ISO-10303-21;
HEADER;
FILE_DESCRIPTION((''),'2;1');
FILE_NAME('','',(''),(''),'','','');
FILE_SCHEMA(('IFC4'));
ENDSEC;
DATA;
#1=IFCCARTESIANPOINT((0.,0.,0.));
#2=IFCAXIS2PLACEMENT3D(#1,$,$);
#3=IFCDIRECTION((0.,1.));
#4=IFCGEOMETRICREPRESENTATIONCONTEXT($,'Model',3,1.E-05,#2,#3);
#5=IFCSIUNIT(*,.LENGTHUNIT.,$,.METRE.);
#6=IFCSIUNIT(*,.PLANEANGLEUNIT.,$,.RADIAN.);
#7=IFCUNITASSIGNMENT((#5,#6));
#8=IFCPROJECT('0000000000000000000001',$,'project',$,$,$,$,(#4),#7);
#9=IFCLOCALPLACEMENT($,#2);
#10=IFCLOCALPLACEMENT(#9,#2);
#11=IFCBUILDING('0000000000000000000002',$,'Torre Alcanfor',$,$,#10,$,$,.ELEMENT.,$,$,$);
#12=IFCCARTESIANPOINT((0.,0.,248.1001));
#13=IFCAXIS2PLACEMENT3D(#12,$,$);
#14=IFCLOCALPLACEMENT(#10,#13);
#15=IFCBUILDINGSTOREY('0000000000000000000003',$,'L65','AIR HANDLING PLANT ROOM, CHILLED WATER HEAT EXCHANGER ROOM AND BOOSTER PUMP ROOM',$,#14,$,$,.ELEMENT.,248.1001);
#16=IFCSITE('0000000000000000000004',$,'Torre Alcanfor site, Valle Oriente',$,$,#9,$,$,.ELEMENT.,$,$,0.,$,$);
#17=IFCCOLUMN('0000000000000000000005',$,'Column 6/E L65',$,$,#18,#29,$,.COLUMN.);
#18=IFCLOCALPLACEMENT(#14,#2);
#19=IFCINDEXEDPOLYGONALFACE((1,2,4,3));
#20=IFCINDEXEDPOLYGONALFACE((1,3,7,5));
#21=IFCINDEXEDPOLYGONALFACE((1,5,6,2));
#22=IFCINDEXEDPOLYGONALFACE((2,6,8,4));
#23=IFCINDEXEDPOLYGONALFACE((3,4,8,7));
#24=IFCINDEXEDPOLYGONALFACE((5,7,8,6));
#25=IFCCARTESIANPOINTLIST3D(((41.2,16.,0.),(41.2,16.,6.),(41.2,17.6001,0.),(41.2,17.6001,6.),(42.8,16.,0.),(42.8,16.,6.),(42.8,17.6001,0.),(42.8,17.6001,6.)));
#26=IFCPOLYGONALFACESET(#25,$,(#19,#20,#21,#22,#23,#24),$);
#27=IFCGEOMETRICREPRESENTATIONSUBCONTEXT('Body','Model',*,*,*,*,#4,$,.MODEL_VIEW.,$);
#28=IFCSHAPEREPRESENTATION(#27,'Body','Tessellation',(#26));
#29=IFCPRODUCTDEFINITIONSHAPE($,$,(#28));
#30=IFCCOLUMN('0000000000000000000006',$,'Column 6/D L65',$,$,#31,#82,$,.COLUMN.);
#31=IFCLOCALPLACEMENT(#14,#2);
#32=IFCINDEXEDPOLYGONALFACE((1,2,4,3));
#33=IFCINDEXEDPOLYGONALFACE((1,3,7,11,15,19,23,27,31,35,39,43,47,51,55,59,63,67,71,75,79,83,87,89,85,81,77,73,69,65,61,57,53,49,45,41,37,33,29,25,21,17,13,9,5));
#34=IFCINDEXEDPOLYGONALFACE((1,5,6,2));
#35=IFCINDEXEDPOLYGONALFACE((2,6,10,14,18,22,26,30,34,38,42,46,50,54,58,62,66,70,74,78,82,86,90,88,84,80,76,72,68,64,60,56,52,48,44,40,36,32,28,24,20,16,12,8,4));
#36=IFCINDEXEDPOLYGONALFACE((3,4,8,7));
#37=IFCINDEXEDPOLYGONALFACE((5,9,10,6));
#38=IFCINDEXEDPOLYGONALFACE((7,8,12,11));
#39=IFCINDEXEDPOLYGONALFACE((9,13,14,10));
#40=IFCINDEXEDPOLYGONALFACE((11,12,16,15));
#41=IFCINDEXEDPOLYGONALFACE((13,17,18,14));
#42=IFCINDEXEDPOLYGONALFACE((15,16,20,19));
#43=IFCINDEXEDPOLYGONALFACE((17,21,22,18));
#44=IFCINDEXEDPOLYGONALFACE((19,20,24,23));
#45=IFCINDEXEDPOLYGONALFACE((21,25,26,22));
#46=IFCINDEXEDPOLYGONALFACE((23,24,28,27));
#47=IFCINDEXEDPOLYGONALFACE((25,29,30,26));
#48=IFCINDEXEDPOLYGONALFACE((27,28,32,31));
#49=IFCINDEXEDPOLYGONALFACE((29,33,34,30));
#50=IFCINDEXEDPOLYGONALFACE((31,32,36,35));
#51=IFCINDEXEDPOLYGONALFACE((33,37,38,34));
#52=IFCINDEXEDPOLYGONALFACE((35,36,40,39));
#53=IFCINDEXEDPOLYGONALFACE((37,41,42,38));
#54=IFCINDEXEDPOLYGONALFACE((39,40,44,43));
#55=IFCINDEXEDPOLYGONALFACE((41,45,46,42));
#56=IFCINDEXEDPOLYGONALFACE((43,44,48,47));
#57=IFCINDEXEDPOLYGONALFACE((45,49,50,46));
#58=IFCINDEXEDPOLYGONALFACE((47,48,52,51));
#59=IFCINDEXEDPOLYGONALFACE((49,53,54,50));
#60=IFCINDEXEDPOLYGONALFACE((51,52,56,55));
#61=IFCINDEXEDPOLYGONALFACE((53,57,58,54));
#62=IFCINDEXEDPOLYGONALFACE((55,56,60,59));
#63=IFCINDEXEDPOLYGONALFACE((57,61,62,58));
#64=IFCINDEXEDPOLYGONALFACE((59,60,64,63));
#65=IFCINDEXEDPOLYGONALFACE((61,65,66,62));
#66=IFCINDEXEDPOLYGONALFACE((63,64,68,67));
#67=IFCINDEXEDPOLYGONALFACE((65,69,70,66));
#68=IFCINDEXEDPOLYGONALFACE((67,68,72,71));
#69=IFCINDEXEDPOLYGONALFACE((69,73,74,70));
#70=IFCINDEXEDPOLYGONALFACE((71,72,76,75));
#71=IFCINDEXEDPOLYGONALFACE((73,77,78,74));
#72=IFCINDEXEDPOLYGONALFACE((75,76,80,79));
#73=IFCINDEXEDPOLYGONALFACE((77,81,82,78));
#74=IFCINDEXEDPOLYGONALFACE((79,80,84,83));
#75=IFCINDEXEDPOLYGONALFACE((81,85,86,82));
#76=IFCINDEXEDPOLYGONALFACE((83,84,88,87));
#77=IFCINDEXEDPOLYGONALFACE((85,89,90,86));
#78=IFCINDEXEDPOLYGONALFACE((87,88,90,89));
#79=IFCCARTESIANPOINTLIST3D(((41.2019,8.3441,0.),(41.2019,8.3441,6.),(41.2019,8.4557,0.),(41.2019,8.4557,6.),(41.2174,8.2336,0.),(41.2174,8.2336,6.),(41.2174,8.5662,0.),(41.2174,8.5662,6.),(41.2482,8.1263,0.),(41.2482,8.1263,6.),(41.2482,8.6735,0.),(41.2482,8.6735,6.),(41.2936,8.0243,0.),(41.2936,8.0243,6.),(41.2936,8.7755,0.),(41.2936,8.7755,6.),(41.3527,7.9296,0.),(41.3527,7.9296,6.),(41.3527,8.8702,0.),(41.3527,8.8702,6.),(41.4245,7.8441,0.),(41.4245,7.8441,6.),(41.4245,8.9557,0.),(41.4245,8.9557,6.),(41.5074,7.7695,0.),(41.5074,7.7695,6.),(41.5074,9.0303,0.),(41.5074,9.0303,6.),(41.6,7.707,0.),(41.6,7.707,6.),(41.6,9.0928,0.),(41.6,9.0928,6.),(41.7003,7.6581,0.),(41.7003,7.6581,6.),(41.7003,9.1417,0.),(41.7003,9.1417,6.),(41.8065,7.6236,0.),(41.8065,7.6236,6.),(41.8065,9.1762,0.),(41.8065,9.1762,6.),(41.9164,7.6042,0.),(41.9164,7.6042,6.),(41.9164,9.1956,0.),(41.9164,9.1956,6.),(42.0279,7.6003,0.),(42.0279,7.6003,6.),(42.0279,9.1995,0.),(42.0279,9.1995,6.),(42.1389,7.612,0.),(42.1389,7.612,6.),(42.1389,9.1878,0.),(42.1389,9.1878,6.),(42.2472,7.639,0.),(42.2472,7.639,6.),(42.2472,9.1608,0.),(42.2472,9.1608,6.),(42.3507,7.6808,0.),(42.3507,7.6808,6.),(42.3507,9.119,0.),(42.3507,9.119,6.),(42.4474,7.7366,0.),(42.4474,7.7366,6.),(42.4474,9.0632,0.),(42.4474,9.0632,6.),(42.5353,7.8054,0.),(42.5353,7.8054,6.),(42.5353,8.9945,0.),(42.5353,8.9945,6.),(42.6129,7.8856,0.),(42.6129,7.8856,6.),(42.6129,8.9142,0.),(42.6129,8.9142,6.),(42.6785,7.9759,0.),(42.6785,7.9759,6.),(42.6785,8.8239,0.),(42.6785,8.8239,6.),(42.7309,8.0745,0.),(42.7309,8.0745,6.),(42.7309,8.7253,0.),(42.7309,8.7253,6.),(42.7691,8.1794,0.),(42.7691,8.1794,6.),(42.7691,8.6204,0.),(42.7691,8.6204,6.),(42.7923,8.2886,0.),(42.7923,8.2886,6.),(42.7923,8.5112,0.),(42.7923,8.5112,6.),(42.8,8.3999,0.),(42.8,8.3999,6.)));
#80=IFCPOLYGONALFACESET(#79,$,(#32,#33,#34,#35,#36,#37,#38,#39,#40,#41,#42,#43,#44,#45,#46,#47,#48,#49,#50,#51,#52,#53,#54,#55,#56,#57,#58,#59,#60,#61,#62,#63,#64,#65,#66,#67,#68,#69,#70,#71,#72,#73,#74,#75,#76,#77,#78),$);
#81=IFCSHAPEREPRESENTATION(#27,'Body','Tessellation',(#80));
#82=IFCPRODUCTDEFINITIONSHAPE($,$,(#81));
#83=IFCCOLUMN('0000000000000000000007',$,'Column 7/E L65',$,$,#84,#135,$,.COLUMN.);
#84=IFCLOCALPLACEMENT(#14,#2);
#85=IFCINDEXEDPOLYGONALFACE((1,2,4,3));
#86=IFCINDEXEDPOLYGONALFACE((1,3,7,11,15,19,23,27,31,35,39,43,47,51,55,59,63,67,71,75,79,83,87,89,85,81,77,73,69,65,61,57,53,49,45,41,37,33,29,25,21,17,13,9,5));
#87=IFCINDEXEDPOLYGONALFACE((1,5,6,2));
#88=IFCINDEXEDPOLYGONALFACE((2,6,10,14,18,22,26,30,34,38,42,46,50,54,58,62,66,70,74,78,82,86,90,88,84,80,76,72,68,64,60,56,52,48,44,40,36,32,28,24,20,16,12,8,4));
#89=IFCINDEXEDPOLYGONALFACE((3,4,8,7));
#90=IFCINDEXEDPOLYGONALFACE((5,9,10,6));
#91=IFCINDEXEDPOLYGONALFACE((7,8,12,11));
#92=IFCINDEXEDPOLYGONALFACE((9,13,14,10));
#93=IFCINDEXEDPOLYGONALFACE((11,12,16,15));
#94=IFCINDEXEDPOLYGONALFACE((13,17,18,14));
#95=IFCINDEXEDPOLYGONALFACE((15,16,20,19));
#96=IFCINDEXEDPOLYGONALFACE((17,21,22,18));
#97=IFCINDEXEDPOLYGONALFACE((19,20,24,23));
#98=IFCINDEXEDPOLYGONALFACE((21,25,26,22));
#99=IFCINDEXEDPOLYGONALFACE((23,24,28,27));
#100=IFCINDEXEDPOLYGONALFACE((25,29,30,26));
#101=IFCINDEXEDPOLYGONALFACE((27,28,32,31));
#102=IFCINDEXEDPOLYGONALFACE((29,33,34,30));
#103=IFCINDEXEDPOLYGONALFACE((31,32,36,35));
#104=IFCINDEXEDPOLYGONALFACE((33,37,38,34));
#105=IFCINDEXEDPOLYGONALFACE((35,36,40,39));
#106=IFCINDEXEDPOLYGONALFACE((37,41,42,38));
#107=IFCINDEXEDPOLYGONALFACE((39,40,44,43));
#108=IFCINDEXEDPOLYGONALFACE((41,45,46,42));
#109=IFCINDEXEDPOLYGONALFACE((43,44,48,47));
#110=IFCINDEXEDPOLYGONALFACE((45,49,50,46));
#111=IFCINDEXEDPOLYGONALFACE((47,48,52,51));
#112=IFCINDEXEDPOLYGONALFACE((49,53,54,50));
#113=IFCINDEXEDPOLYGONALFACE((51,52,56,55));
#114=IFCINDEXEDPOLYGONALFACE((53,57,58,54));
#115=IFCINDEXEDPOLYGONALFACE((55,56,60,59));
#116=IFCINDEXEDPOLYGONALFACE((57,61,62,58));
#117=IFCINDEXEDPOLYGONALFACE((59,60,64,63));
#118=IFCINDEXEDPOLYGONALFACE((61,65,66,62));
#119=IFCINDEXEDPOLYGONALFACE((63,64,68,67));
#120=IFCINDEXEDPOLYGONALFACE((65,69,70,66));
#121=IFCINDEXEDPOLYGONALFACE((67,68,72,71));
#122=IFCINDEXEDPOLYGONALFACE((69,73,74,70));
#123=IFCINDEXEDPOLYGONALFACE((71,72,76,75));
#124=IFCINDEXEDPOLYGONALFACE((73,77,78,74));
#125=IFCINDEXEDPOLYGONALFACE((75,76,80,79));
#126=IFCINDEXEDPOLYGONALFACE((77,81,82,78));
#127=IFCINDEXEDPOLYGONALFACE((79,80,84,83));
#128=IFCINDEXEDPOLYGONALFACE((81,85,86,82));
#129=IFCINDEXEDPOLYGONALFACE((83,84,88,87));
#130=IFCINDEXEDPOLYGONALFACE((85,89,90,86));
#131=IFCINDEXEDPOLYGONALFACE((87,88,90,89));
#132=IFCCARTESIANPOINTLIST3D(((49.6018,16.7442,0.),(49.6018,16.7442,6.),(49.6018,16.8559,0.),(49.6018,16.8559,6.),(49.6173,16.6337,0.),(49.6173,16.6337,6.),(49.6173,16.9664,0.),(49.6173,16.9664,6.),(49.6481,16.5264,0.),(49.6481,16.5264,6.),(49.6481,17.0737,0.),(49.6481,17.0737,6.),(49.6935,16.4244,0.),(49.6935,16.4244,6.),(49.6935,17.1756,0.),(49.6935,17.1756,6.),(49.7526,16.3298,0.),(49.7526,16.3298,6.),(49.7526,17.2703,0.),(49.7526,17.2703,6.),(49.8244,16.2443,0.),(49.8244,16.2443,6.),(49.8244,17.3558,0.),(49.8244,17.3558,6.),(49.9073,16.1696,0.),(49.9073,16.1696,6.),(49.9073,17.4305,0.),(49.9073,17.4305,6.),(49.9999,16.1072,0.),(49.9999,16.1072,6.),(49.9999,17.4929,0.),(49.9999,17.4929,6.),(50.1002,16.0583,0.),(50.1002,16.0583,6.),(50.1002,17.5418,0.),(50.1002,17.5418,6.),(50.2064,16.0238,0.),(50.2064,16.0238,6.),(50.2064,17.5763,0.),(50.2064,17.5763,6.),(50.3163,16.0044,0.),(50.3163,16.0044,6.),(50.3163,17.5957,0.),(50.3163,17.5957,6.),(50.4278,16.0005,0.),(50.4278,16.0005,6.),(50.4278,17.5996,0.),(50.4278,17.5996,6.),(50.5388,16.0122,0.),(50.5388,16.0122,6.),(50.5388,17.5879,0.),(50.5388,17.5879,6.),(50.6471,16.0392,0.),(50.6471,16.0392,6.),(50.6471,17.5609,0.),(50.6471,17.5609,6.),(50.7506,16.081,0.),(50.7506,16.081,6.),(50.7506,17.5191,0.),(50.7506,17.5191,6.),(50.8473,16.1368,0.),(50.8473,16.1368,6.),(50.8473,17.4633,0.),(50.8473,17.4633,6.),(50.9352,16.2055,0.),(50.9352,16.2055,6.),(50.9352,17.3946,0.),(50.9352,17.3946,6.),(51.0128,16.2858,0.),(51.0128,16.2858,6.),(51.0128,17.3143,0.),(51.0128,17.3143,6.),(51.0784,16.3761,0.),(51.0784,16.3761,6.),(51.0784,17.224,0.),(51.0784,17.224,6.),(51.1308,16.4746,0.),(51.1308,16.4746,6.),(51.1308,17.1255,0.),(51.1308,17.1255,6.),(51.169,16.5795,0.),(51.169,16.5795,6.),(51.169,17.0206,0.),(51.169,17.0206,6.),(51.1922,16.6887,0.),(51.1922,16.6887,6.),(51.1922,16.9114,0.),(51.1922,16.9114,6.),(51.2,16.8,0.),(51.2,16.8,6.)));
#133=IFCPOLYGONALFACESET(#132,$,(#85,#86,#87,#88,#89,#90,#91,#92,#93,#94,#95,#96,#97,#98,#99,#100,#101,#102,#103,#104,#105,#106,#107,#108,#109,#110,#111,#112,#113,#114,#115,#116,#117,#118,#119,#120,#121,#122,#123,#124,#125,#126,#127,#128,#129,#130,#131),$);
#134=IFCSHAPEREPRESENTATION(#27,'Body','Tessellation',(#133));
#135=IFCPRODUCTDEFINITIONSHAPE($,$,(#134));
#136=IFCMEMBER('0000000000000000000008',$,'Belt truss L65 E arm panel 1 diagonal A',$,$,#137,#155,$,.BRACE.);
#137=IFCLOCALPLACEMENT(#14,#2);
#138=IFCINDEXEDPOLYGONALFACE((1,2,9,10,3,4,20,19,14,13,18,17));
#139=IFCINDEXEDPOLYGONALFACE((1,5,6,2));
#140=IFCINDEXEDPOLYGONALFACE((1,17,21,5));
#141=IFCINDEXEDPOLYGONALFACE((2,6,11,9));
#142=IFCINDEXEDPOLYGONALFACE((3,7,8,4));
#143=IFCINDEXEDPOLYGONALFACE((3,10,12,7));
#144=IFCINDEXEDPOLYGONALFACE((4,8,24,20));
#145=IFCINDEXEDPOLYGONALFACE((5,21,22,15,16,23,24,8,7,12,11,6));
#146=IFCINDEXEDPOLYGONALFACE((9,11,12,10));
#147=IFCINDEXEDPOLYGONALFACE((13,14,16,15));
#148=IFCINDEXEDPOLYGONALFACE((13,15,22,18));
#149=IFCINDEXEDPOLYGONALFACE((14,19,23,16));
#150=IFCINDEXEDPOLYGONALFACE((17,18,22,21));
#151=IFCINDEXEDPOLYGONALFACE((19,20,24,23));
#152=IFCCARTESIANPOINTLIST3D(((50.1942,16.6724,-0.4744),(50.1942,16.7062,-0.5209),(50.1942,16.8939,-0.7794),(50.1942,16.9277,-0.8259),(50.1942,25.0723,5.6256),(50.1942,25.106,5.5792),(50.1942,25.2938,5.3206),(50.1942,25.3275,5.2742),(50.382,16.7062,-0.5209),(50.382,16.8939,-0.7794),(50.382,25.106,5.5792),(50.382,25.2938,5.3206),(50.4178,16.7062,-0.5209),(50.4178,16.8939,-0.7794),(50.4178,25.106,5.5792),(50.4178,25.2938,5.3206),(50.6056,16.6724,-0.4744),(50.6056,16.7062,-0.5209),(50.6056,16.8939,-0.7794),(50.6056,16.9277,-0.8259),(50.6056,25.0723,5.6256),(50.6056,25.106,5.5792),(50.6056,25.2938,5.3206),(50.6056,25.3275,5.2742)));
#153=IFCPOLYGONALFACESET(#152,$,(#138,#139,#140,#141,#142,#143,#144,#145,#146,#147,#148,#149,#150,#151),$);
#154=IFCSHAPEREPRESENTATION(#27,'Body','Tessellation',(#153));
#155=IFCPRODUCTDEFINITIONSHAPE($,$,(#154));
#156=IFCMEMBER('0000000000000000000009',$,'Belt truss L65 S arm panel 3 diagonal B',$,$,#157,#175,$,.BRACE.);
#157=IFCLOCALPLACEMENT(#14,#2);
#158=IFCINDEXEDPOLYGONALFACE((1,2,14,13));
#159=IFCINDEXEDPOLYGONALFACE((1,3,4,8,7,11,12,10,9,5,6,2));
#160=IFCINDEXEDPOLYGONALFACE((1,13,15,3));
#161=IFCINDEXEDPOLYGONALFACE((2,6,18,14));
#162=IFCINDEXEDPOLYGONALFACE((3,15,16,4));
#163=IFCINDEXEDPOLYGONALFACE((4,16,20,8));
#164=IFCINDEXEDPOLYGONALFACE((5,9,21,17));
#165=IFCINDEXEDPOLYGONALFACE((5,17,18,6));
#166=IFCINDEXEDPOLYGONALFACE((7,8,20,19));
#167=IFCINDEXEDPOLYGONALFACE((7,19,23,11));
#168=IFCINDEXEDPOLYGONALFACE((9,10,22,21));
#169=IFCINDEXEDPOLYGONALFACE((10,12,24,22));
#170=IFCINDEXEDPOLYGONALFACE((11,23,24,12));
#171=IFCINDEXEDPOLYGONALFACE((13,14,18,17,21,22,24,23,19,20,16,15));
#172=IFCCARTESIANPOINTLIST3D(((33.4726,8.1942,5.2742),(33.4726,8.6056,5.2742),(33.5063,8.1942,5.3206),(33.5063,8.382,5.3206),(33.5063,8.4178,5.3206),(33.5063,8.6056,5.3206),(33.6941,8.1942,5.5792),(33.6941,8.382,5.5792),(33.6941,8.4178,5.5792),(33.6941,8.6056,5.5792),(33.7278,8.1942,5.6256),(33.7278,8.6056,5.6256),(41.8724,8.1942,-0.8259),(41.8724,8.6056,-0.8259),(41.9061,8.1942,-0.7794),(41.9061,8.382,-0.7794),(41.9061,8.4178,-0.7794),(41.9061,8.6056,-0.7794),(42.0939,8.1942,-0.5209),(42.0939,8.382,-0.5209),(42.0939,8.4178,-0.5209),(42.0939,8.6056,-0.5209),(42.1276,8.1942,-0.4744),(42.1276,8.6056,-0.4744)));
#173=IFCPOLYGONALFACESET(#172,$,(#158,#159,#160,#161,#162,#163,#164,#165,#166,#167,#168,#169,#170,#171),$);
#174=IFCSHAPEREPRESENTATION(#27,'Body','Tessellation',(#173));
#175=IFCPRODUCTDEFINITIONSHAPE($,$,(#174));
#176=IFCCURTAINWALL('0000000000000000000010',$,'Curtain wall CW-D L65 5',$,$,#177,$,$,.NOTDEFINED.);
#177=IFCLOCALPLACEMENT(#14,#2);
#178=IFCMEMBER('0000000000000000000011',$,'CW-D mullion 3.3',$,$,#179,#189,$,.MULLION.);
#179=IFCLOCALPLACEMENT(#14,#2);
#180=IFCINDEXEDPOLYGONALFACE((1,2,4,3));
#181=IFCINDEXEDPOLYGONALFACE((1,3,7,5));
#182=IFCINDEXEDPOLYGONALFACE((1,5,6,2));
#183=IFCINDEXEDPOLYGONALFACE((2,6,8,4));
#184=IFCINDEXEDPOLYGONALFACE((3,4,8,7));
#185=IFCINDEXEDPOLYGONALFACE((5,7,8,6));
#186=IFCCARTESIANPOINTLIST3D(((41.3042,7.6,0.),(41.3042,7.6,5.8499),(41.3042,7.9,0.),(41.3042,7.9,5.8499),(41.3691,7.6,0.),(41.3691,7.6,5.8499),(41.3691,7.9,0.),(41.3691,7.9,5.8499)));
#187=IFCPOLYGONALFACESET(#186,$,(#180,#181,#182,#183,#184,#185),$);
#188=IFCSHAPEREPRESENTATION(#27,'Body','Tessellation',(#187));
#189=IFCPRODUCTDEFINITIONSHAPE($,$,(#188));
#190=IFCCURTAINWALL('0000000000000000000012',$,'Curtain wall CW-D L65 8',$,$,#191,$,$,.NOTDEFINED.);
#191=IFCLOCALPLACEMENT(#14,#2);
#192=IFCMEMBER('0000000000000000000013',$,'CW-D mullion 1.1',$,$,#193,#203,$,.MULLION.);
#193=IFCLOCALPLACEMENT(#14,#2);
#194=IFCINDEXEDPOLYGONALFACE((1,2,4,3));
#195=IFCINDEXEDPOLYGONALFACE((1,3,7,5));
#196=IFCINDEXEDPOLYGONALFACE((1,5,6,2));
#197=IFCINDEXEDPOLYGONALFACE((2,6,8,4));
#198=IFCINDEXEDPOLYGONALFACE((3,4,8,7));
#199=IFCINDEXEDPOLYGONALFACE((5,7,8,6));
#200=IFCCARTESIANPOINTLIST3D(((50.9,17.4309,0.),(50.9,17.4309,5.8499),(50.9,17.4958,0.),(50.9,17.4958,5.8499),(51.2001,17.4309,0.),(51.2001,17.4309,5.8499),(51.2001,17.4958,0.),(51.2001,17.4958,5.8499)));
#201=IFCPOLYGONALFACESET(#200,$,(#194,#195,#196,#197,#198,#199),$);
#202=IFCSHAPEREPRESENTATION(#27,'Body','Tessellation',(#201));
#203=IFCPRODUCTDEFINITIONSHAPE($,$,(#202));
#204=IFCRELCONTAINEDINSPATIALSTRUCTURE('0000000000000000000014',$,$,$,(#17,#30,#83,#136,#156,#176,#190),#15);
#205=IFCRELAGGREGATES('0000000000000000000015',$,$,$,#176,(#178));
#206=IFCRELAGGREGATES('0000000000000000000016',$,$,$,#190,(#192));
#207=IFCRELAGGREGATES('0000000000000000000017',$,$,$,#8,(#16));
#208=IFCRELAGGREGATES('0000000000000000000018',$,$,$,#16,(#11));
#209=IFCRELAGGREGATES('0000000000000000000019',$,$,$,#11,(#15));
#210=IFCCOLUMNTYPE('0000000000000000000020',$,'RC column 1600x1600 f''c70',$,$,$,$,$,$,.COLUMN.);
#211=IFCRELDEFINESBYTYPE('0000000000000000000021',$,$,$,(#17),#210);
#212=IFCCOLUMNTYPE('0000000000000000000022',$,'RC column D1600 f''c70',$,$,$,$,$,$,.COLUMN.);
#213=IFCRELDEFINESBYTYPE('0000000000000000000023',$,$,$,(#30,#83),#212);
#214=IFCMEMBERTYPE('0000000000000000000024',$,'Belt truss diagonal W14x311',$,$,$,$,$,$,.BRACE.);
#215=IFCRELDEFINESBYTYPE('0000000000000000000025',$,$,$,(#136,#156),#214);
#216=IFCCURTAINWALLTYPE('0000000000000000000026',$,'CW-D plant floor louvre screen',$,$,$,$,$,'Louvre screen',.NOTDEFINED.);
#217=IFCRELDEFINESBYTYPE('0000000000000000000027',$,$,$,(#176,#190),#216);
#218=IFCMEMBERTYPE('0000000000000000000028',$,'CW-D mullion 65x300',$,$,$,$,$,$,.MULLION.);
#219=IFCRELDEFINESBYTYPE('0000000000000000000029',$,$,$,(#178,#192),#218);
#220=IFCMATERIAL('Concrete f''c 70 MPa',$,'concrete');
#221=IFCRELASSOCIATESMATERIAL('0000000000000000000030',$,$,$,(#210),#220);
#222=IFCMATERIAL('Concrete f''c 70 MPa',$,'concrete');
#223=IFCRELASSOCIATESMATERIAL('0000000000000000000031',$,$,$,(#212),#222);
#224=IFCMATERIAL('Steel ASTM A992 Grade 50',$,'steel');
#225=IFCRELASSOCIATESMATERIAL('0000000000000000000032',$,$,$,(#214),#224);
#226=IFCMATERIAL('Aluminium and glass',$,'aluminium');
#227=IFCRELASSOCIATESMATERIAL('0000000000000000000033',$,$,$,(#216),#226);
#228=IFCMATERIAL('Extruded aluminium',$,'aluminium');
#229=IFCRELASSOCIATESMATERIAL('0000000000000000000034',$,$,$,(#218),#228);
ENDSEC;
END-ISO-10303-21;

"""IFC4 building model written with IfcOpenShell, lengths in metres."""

from ifc_helpers import new_model, si_unit, direction, frame, origin, origin_2d, place, context, subcontext, project, spatial, rectangle, circle, i_section, extrude, material, material_profile, profile_set, type_object, element, aggregate, save


model = new_model("IFC4")

# Units and contexts
model_context = context("Model", 3, precision=1e-05, world=origin(), true_north=direction((0.0, 1.0)))
body_context = subcontext(model_context, "Body", "Model", "MODEL_VIEW")
ifc_project = project(units=[si_unit("LENGTHUNIT", "METRE"), si_unit("PLANEANGLEUNIT", "RADIAN")], contexts=[model_context])

# Site, building, storey
site_placement = place(None, origin())
site = spatial("IfcSite", under=ifc_project, at=site_placement, Name="Torre Alcanfor site, Valle Oriente", CompositionType="ELEMENT", RefElevation=0.0)
building_placement = place(site_placement, origin())
building = spatial("IfcBuilding", under=site, at=building_placement, Name="Torre Alcanfor", CompositionType="ELEMENT")
storey_placement = place(building_placement, frame((0.0, 0.0, 248.1001)))
storey = spatial("IfcBuildingStorey", under=building, at=storey_placement, Name="L65", Description="AIR HANDLING PLANT ROOM, CHILLED WATER HEAT EXCHANGER ROOM AND BOOSTER PUMP ROOM", CompositionType="ELEMENT", Elevation=248.1001)

# Columns
ifc_material_1 = material(Name="Concrete f'c 70 MPa", Category="concrete")
ifc_material_profile_1 = material_profile(ifc_material_1, rectangle(XDim=1.6001, YDim=1.6001, at=origin_2d()), Name="1600x1600")
ifc_profile_set_1 = profile_set([ifc_material_profile_1], Name="Concrete f'c 70 MPa")
column_type_1 = type_object("IfcColumnType", Name="RC column 1600x1600 f'c70", PredefinedType="COLUMN", material=ifc_profile_set_1)
column_placement = place(storey_placement, frame((42.0, 16.8, 0.0), z_axis=(0.0, 0.0, 1.0), x_axis=(1.0, 0.0, 0.0)))
element("IfcColumn", 1, at=column_placement, inside=storey, type_object=column_type_1, Name="Column 6/E L65", PredefinedType="COLUMN", context=body_context, shape_type="SweptSolid", body=[
    extrude(rectangle(XDim=1.6001, YDim=1.6001, at=origin_2d()), origin(), (0.0, 0.0, 1.0), 6.0),
])
ifc_material_2 = material(Name="Concrete f'c 70 MPa", Category="concrete")
ifc_material_profile_2 = material_profile(ifc_material_2, circle(Radius=0.8, at=origin_2d()), Name="D1600")
ifc_profile_set_2 = profile_set([ifc_material_profile_2], Name="Concrete f'c 70 MPa")
column_type_2 = type_object("IfcColumnType", Name="RC column D1600 f'c70", PredefinedType="COLUMN", material=ifc_profile_set_2)
for number, where, z_axis, x_axis, name in (
    (2, (42.0, 8.3999, 0.0), (0.0, 0.0, 1.0), (1.0, 0.0, 0.0), "Column 6/D L65"),
    (3, (50.3999, 16.8, 0.0), (0.0, 0.0, 1.0), (1.0, 0.0, 0.0), "Column 7/E L65"),
):
    element("IfcColumn", number, at=place(storey_placement, frame(where, z_axis=z_axis, x_axis=x_axis)), inside=storey, type_object=column_type_2, Name=name, PredefinedType="COLUMN", context=body_context, shape_type="SweptSolid", body=[
        extrude(circle(Radius=0.8, at=origin_2d()), origin(), (0.0, 0.0, 1.0), 6.0),
    ])

# Members
ifc_material_3 = material(Name="Steel ASTM A992 Grade 50", Category="steel")
ifc_material_profile_3 = material_profile(ifc_material_3, i_section(OverallWidth=0.4114, OverallDepth=0.4343, WebThickness=0.0359, FlangeThickness=0.0574, at=origin_2d()), Name="W14x311")
ifc_profile_set_3 = profile_set([ifc_material_profile_3], Name="Steel ASTM A992 Grade 50")
member_type_1 = type_object("IfcMemberType", Name="Belt truss diagonal W14x311", PredefinedType="BRACE", material=ifc_profile_set_3)
for number, where, z_axis, x_axis, name in (
    (4, (50.3999, 16.8, -0.6501), (0.0, 0.809145, 0.587609), (-1.0, 0.0, 0.0), "Belt truss L65 E arm panel 1 diagonal A"),
    (5, (42.0, 8.3999, -0.6501), (-0.809145, 0.0, 0.587609), (0.0, -1.0, 0.0), "Belt truss L65 S arm panel 3 diagonal B"),
):
    element("IfcMember", number, at=place(storey_placement, frame(where, z_axis=z_axis, x_axis=x_axis)), inside=storey, type_object=member_type_1, Name=name, PredefinedType="BRACE", context=body_context, shape_type="SweptSolid", body=[
        extrude(i_section(OverallWidth=0.4114, OverallDepth=0.4343, WebThickness=0.0359, FlangeThickness=0.0574, at=origin_2d()), origin(), (0.0, 0.0, 1.0), 10.3811),
    ])

# Curtain wall, member
ifc_material_4 = material(Name="Aluminium and glass", Category="aluminium")
curtain_wall_type = type_object("IfcCurtainWallType", Name="CW-D plant floor louvre screen", ElementType="Louvre screen", PredefinedType="NOTDEFINED", material=ifc_material_4)
curtain_wall_1_placement = place(storey_placement, origin())
curtain_wall_1 = element("IfcCurtainWall", 6, at=curtain_wall_1_placement, inside=storey, type_object=curtain_wall_type, Name="Curtain wall CW-D L65 5", PredefinedType="NOTDEFINED")
ifc_material_5 = material(Name="Extruded aluminium", Category="aluminium")
ifc_material_profile_4 = material_profile(ifc_material_5, rectangle(XDim=0.3, YDim=0.0649, at=origin_2d()), Name="CW-D mullion 65x300")
ifc_profile_set_4 = profile_set([ifc_material_profile_4], Name="Extruded aluminium")
member_type_2 = type_object("IfcMemberType", Name="CW-D mullion 65x300", PredefinedType="MULLION", material=ifc_profile_set_4)
member_1_placement = place(storey_placement, frame((41.3367, 7.75, 0.0), z_axis=(0.0, 0.0, 1.0), x_axis=(0.0, 1.0, 0.0)))
member_1 = element("IfcMember", 7, at=member_1_placement, type_object=member_type_2, Name="CW-D mullion 3.3", PredefinedType="MULLION", context=body_context, shape_type="SweptSolid", body=[
    extrude(rectangle(XDim=0.3, YDim=0.0649, at=origin_2d()), origin(), (0.0, 0.0, 1.0), 5.8499),
])
aggregate(curtain_wall_1, [member_1])

# Curtain wall, member
curtain_wall_2_placement = place(storey_placement, origin())
curtain_wall_2 = element("IfcCurtainWall", 8, at=curtain_wall_2_placement, inside=storey, type_object=curtain_wall_type, Name="Curtain wall CW-D L65 8", PredefinedType="NOTDEFINED")
member_2_placement = place(storey_placement, frame((51.05, 17.4634, 0.0), z_axis=(0.0, 0.0, 1.0), x_axis=(-1.0, 0.0, 0.0)))
member_2 = element("IfcMember", 9, at=member_2_placement, type_object=member_type_2, Name="CW-D mullion 1.1", PredefinedType="MULLION", context=body_context, shape_type="SweptSolid", body=[
    extrude(rectangle(XDim=0.3, YDim=0.0649, at=origin_2d()), origin(), (0.0, 0.0, 1.0), 5.8499),
])

aggregate(curtain_wall_2, [member_2])

save(model, "model.ifc")
